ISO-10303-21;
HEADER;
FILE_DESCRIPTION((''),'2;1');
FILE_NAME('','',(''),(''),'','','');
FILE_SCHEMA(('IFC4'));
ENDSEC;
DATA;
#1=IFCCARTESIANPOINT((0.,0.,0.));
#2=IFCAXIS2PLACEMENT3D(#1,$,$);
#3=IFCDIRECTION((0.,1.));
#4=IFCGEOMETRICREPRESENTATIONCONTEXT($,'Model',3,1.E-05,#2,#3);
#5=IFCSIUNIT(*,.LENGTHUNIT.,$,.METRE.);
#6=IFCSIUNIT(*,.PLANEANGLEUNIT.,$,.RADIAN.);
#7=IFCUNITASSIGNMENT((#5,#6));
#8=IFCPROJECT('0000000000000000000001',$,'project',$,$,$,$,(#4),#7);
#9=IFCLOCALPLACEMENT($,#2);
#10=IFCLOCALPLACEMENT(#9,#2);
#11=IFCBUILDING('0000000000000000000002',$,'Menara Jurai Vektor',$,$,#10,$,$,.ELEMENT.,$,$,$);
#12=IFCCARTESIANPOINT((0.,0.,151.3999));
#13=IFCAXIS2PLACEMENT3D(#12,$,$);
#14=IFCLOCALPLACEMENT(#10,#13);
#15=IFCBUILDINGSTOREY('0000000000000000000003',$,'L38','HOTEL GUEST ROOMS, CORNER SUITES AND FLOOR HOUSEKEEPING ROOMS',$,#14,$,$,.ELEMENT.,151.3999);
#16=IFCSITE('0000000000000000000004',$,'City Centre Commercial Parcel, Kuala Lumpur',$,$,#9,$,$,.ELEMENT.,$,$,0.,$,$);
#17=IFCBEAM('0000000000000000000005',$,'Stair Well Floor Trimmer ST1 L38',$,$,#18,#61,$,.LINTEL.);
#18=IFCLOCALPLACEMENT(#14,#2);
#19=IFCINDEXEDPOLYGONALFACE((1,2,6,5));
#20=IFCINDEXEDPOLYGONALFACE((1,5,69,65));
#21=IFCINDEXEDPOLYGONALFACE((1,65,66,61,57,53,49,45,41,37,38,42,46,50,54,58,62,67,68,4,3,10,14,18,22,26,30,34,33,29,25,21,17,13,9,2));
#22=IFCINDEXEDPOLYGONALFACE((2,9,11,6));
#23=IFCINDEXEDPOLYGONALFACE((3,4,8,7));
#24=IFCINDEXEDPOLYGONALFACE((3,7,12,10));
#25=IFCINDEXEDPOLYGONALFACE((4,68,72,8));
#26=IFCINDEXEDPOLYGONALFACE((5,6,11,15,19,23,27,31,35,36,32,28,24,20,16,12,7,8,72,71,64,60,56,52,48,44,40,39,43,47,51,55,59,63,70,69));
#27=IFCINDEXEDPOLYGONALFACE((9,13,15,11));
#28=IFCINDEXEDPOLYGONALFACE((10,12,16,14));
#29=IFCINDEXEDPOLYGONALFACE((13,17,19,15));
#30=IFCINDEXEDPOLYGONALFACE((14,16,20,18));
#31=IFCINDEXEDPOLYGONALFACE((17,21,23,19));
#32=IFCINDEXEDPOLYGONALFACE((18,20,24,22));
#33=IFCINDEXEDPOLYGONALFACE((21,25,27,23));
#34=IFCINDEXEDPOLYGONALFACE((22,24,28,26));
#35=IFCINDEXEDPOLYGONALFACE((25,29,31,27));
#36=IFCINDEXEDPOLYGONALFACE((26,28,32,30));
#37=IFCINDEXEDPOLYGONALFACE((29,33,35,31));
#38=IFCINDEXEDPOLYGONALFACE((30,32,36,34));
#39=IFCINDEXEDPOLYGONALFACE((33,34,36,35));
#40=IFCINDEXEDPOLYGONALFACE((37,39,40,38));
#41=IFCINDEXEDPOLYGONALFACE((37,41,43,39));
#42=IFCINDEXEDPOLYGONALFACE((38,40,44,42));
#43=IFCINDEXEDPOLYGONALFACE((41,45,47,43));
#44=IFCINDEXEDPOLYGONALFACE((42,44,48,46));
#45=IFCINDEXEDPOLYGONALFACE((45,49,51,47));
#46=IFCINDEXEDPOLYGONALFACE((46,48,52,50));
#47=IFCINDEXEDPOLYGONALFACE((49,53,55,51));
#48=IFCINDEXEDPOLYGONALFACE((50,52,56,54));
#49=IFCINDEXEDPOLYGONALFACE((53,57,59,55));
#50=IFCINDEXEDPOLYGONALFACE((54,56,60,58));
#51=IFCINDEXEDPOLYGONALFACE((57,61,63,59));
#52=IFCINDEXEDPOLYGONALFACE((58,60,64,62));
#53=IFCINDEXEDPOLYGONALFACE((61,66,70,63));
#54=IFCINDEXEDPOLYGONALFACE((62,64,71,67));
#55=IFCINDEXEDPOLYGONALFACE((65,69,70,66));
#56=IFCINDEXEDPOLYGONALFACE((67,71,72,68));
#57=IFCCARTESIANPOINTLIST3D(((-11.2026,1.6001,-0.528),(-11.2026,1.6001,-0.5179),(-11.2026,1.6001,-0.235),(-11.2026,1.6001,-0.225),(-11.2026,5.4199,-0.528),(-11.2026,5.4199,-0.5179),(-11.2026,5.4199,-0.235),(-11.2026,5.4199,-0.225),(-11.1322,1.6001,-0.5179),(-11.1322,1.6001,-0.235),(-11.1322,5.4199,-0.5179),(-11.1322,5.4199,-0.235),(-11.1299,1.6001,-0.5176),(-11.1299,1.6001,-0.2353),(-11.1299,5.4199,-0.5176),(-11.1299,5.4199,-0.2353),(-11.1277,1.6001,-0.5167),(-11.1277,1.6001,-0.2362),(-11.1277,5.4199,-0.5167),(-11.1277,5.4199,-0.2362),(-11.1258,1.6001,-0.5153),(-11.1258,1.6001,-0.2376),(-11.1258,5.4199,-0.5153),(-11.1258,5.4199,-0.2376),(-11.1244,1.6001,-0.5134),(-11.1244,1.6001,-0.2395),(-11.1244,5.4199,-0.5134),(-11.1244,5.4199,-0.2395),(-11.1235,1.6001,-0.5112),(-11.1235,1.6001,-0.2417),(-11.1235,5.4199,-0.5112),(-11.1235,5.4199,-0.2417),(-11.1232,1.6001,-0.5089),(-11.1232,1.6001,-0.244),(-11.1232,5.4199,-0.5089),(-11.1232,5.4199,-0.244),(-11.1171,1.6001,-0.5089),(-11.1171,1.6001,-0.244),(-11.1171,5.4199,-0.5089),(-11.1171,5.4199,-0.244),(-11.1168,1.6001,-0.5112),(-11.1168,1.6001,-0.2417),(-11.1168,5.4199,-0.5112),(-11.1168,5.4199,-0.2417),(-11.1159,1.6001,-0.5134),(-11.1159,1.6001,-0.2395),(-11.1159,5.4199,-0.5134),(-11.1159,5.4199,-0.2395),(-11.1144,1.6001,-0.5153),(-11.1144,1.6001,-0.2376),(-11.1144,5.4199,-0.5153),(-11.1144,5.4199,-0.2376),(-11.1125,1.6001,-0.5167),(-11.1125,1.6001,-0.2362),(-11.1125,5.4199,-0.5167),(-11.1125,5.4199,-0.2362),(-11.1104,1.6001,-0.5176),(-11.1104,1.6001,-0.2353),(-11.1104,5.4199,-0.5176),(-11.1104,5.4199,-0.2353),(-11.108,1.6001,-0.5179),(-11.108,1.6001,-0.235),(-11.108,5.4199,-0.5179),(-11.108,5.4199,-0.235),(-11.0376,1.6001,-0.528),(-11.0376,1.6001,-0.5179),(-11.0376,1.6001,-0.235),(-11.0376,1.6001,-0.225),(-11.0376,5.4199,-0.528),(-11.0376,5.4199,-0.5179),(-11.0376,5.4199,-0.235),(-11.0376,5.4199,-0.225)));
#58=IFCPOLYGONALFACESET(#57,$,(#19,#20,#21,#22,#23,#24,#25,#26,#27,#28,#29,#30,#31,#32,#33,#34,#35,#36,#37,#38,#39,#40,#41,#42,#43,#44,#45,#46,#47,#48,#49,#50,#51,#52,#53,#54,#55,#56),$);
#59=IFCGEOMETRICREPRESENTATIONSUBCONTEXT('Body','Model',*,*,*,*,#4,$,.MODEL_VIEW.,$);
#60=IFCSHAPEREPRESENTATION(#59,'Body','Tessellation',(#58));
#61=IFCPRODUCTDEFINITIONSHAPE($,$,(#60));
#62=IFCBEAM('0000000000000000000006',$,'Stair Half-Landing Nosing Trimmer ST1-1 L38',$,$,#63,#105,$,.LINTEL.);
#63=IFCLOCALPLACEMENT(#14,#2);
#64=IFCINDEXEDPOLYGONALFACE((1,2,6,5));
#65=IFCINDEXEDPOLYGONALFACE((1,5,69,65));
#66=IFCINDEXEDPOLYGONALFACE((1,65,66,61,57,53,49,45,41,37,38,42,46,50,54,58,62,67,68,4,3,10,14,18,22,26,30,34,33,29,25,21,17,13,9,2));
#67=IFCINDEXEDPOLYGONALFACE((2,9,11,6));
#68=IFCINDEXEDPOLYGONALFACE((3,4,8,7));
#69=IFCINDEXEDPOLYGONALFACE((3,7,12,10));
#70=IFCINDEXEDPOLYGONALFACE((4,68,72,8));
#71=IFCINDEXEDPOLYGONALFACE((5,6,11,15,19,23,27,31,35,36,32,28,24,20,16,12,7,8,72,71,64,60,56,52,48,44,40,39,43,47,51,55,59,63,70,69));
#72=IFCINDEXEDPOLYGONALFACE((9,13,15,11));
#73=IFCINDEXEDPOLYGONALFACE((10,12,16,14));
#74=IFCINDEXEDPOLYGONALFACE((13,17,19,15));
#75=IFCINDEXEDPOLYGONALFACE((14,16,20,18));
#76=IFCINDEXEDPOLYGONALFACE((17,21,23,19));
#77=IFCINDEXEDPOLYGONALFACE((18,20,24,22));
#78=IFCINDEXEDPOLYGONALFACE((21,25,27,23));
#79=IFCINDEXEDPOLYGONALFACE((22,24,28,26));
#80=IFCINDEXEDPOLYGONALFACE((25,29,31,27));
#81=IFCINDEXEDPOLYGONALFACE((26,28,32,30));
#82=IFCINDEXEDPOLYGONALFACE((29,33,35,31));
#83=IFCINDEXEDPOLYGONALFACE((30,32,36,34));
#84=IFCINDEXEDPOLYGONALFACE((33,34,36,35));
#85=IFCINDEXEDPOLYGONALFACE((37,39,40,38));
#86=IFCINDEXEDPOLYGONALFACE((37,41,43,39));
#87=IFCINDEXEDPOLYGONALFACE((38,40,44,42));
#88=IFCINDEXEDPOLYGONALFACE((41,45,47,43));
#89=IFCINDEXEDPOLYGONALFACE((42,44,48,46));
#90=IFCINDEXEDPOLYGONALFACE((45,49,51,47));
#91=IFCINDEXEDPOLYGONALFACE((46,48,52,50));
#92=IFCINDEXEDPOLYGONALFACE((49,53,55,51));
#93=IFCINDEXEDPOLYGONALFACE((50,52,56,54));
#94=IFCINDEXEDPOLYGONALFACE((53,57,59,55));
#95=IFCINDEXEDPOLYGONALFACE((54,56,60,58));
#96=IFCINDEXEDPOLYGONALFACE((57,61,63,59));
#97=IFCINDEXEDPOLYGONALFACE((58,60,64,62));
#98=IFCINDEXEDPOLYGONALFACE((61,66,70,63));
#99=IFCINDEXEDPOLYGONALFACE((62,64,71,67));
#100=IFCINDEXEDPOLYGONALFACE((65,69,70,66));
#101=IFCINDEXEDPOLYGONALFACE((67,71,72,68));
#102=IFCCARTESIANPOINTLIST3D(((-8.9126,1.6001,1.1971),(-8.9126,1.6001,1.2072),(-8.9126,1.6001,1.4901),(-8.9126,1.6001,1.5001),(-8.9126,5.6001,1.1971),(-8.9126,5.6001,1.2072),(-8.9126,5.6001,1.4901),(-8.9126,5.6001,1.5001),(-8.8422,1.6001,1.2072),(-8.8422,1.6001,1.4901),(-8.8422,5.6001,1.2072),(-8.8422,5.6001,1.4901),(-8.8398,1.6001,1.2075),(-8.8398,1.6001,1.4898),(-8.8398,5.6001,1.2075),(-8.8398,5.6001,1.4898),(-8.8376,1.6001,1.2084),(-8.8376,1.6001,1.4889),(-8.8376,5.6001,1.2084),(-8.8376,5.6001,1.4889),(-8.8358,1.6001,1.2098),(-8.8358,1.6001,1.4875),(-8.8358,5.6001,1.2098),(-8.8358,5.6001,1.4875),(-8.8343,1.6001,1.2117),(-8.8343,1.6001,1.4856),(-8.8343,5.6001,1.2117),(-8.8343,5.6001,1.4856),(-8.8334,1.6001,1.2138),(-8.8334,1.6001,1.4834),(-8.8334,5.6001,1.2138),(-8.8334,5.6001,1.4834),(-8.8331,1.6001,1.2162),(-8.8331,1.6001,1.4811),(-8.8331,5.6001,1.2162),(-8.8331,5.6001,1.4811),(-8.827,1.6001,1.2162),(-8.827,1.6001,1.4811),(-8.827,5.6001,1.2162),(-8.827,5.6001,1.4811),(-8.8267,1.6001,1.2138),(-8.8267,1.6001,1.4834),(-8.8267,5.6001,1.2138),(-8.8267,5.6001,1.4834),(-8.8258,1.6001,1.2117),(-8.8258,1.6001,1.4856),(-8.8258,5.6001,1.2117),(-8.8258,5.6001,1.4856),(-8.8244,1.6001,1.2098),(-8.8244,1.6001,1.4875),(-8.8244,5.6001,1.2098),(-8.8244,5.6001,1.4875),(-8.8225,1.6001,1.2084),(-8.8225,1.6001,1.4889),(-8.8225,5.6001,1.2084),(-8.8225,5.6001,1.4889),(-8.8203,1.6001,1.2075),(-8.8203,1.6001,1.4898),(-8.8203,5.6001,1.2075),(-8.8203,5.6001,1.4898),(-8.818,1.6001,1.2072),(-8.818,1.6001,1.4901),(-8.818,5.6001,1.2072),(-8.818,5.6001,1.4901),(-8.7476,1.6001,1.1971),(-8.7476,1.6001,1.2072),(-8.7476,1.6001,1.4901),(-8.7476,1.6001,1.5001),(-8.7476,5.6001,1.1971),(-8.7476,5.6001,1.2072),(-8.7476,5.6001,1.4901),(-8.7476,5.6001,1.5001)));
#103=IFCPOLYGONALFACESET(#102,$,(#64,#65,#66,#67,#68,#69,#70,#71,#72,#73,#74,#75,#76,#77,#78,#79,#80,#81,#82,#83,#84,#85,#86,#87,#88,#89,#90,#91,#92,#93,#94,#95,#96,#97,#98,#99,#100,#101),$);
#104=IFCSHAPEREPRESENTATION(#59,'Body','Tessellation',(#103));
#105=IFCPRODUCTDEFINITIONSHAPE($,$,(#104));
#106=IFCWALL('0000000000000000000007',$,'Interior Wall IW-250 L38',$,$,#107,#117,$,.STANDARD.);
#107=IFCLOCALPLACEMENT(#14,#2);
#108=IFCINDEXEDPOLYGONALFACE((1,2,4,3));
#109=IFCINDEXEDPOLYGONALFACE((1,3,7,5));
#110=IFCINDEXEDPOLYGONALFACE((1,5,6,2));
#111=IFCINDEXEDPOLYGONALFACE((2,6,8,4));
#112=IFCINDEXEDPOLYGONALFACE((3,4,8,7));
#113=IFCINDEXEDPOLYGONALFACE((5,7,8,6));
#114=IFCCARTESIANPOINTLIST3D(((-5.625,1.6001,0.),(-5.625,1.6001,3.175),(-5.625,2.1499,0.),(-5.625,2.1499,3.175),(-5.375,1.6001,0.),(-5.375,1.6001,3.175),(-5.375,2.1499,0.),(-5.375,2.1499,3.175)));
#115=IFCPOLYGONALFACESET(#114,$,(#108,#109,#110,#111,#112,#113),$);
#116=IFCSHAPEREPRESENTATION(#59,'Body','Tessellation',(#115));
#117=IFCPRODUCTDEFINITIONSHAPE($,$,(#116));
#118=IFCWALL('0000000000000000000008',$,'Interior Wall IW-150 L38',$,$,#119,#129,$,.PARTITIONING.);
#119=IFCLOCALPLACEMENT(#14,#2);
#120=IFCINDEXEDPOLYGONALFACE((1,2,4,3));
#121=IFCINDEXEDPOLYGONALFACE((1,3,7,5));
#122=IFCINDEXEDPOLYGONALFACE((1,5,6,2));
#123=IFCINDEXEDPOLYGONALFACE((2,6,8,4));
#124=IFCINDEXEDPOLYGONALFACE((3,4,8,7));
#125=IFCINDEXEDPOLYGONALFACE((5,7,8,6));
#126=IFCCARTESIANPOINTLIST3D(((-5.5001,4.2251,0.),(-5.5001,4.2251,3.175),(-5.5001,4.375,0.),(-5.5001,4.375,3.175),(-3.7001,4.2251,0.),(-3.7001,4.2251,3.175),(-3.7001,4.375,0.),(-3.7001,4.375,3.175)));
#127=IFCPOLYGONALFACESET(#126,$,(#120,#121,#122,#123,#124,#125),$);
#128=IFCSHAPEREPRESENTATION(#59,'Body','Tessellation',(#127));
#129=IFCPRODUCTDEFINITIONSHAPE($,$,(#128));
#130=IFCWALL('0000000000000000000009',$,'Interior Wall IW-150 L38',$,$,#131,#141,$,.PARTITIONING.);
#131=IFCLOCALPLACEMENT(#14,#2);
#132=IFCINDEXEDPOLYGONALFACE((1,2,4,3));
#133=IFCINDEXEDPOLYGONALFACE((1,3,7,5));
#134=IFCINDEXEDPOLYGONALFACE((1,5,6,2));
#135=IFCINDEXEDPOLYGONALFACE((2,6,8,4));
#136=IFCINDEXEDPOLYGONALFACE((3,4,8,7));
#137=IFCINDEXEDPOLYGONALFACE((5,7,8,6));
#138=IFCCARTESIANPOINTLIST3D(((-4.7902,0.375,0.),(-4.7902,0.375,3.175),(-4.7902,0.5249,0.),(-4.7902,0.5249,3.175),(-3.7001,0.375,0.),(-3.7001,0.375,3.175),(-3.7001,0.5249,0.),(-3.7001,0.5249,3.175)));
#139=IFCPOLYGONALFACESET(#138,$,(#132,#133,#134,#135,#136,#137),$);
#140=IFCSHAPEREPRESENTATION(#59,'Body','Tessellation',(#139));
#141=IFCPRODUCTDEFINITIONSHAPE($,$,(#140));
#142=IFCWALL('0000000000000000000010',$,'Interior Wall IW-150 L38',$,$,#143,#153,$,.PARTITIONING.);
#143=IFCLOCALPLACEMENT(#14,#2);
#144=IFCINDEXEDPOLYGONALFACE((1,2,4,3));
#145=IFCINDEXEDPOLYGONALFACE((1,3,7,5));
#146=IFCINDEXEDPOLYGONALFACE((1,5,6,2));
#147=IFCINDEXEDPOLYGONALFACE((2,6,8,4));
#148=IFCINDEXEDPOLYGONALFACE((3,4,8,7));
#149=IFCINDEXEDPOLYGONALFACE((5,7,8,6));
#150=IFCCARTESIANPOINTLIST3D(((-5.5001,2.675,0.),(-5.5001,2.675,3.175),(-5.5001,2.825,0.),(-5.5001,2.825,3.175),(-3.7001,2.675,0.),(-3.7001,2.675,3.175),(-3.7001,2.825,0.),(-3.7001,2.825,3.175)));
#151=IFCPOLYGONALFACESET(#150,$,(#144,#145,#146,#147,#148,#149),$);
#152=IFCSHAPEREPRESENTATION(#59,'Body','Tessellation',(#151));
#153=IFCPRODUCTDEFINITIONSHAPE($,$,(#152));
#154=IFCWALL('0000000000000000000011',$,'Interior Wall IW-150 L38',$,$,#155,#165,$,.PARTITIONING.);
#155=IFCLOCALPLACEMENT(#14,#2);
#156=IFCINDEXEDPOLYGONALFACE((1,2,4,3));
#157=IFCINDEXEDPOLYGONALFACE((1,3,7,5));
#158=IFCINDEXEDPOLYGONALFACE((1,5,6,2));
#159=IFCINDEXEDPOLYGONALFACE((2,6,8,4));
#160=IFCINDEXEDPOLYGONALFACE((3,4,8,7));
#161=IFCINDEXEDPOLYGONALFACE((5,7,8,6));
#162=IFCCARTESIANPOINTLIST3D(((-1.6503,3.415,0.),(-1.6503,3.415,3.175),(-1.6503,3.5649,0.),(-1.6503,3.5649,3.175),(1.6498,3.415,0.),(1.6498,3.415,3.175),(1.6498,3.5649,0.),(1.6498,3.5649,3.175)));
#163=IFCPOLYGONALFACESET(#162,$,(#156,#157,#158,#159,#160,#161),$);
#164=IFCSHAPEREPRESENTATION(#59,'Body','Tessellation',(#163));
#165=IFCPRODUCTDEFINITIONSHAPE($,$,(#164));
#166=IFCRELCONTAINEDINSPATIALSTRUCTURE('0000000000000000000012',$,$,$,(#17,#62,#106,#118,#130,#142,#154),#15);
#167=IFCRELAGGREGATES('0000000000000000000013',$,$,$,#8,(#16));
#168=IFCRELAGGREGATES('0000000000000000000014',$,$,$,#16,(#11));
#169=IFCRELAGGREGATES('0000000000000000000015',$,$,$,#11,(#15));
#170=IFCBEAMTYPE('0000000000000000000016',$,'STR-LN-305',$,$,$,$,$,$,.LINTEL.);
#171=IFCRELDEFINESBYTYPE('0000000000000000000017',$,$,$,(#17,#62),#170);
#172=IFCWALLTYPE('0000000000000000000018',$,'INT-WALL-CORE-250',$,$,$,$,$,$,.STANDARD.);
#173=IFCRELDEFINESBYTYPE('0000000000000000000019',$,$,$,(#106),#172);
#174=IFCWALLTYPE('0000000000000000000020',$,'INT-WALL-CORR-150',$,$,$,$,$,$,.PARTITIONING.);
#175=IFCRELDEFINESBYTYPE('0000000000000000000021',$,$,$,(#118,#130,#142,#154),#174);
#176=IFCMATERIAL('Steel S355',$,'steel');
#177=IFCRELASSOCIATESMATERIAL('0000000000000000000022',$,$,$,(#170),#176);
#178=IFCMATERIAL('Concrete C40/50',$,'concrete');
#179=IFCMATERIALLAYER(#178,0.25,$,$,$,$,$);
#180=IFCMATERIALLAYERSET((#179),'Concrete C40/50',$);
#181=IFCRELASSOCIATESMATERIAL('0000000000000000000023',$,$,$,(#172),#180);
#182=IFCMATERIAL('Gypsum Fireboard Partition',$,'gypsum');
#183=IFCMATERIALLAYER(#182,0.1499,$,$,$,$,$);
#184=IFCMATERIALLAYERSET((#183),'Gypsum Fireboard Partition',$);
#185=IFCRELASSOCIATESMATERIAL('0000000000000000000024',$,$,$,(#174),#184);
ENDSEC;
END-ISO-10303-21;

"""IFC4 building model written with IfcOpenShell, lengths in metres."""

from ifc_helpers import new_model, si_unit, direction, frame, frame_2d, origin, origin_2d, place, context, subcontext, project, spatial, rectangle, i_section, extrude, material, layer, layer_set, material_profile, profile_set, type_object, element, save


model = new_model("IFC4")

# Units and contexts
model_context = context("Model", 3, precision=1e-05, world=origin(), true_north=direction((0.0, 1.0)))
body_context = subcontext(model_context, "Body", "Model", "MODEL_VIEW")
ifc_project = project(units=[si_unit("LENGTHUNIT", "METRE"), si_unit("PLANEANGLEUNIT", "RADIAN")], contexts=[model_context])

# Site, building, storey
site_placement = place(None, origin())
site = spatial("IfcSite", under=ifc_project, at=site_placement, Name="City Centre Commercial Parcel, Kuala Lumpur", CompositionType="ELEMENT", RefElevation=0.0)
building_placement = place(site_placement, origin())
building = spatial("IfcBuilding", under=site, at=building_placement, Name="Menara Jurai Vektor", CompositionType="ELEMENT")
storey_placement = place(building_placement, frame((0.0, 0.0, 151.3999)))
storey = spatial("IfcBuildingStorey", under=building, at=storey_placement, Name="L38", Description="HOTEL GUEST ROOMS, CORNER SUITES AND FLOOR HOUSEKEEPING ROOMS", CompositionType="ELEMENT", Elevation=151.3999)

# Shared definitions
ifc_material_1 = material(Name="Steel S355", Category="steel")

# Beams
ifc_material_profile_1 = material_profile(ifc_material_1, i_section(OverallWidth=0.165, OverallDepth=0.303, WebThickness=0.0061, FlangeThickness=0.01, FilletRadius=0.009, at=origin_2d()), Name="UKB 305x165x40")
ifc_profile_set_1 = profile_set([ifc_material_profile_1], Name="Steel S355")
beam_type_1 = type_object("IfcBeamType", Name="STR-LN-305", PredefinedType="LINTEL", material=ifc_profile_set_1)
beam_1_placement = place(storey_placement, frame((-11.1201, 1.6001, -0.3765), z_axis=(0.0, 1.0, 0.0), x_axis=(-1.0, 0.0, 0.0)))
element("IfcBeam", 1, at=beam_1_placement, inside=storey, type_object=beam_type_1, Name="Stair Well Floor Trimmer ST1 L38", PredefinedType="LINTEL", context=body_context, shape_type="SweptSolid", body=[
    extrude(i_section(OverallWidth=0.165, OverallDepth=0.303, WebThickness=0.0061, FlangeThickness=0.01, FilletRadius=0.009, at=origin_2d()), origin(), (0.0, 0.0, 1.0), 3.8198),
])
beam_2_placement = place(storey_placement, frame((-8.8301, 1.6001, 1.3486), z_axis=(0.0, 1.0, 0.0), x_axis=(-1.0, 0.0, 0.0)))
element("IfcBeam", 2, at=beam_2_placement, inside=storey, type_object=beam_type_1, Name="Stair Half-Landing Nosing Trimmer ST1-1 L38", PredefinedType="LINTEL", context=body_context, shape_type="SweptSolid", body=[
    extrude(i_section(OverallWidth=0.165, OverallDepth=0.303, WebThickness=0.0061, FlangeThickness=0.01, FilletRadius=0.009, at=origin_2d()), origin(), (0.0, 0.0, 1.0), 4.0),
])

# Shared definitions
ifc_material_2 = material(Name="Concrete C40/50", Category="concrete")
ifc_layer_1 = layer(ifc_material_2, 0.25)
ifc_layer_set_1 = layer_set([ifc_layer_1], Name="Concrete C40/50")
wall_type_1 = type_object("IfcWallType", Name="INT-WALL-CORE-250", PredefinedType="STANDARD", material=ifc_layer_set_1)

# Walls
wall_1_placement = place(storey_placement, frame((-5.5, 1.6001, 0.0), z_axis=(0.0, 0.0, 1.0), x_axis=(0.0, 1.0, 0.0)))
element("IfcWall", 3, at=wall_1_placement, inside=storey, type_object=wall_type_1, Name="Interior Wall IW-250 L38", PredefinedType="STANDARD", context=body_context, shape_type="SweptSolid", body=[
    extrude(rectangle(XDim=0.5498, YDim=0.25, at=frame_2d((0.2749, 0.0))), origin(), (0.0, 0.0, 1.0), 3.175),
])
ifc_material_3 = material(Name="Gypsum Fireboard Partition", Category="gypsum")
ifc_layer_2 = layer(ifc_material_3, 0.1499)
ifc_layer_set_2 = layer_set([ifc_layer_2], Name="Gypsum Fireboard Partition")
wall_type_2 = type_object("IfcWallType", Name="INT-WALL-CORR-150", PredefinedType="PARTITIONING", material=ifc_layer_set_2)
wall_2_placement = place(storey_placement, frame((-5.5, 4.3, 0.0), z_axis=(0.0, 0.0, 1.0), x_axis=(1.0, 0.0, 0.0)))
element("IfcWall", 4, at=wall_2_placement, inside=storey, type_object=wall_type_2, Name="Interior Wall IW-150 L38", PredefinedType="PARTITIONING", context=body_context, shape_type="SweptSolid", body=[
    extrude(rectangle(XDim=1.8, YDim=0.1499, at=frame_2d((0.8999, 0.0))), origin(), (0.0, 0.0, 1.0), 3.175),
])
wall_3_placement = place(storey_placement, frame((-4.79, 0.45, 0.0), z_axis=(0.0, 0.0, 1.0), x_axis=(1.0, 0.0, 0.0)))
element("IfcWall", 5, at=wall_3_placement, inside=storey, type_object=wall_type_2, Name="Interior Wall IW-150 L38", PredefinedType="PARTITIONING", context=body_context, shape_type="SweptSolid", body=[
    extrude(rectangle(XDim=1.0901, YDim=0.1499, at=frame_2d((0.5449, 0.0))), origin(), (0.0, 0.0, 1.0), 3.175),
])
wall_4_placement = place(storey_placement, frame((-5.5, 2.75, 0.0), z_axis=(0.0, 0.0, 1.0), x_axis=(1.0, 0.0, 0.0)))
element("IfcWall", 6, at=wall_4_placement, inside=storey, type_object=wall_type_2, Name="Interior Wall IW-150 L38", PredefinedType="PARTITIONING", context=body_context, shape_type="SweptSolid", body=[
    extrude(rectangle(XDim=1.8, YDim=0.1499, at=frame_2d((0.8999, 0.0))), origin(), (0.0, 0.0, 1.0), 3.175),
])
wall_5_placement = place(storey_placement, frame((-1.6501, 3.49, 0.0), z_axis=(0.0, 0.0, 1.0), x_axis=(1.0, 0.0, 0.0)))
element("IfcWall", 7, at=wall_5_placement, inside=storey, type_object=wall_type_2, Name="Interior Wall IW-150 L38", PredefinedType="PARTITIONING", context=body_context, shape_type="SweptSolid", body=[
    extrude(rectangle(XDim=3.3, YDim=0.1499, at=frame_2d((1.6499, 0.0))), origin(), (0.0, 0.0, 1.0), 3.175),
])

save(model, "model.ifc")
